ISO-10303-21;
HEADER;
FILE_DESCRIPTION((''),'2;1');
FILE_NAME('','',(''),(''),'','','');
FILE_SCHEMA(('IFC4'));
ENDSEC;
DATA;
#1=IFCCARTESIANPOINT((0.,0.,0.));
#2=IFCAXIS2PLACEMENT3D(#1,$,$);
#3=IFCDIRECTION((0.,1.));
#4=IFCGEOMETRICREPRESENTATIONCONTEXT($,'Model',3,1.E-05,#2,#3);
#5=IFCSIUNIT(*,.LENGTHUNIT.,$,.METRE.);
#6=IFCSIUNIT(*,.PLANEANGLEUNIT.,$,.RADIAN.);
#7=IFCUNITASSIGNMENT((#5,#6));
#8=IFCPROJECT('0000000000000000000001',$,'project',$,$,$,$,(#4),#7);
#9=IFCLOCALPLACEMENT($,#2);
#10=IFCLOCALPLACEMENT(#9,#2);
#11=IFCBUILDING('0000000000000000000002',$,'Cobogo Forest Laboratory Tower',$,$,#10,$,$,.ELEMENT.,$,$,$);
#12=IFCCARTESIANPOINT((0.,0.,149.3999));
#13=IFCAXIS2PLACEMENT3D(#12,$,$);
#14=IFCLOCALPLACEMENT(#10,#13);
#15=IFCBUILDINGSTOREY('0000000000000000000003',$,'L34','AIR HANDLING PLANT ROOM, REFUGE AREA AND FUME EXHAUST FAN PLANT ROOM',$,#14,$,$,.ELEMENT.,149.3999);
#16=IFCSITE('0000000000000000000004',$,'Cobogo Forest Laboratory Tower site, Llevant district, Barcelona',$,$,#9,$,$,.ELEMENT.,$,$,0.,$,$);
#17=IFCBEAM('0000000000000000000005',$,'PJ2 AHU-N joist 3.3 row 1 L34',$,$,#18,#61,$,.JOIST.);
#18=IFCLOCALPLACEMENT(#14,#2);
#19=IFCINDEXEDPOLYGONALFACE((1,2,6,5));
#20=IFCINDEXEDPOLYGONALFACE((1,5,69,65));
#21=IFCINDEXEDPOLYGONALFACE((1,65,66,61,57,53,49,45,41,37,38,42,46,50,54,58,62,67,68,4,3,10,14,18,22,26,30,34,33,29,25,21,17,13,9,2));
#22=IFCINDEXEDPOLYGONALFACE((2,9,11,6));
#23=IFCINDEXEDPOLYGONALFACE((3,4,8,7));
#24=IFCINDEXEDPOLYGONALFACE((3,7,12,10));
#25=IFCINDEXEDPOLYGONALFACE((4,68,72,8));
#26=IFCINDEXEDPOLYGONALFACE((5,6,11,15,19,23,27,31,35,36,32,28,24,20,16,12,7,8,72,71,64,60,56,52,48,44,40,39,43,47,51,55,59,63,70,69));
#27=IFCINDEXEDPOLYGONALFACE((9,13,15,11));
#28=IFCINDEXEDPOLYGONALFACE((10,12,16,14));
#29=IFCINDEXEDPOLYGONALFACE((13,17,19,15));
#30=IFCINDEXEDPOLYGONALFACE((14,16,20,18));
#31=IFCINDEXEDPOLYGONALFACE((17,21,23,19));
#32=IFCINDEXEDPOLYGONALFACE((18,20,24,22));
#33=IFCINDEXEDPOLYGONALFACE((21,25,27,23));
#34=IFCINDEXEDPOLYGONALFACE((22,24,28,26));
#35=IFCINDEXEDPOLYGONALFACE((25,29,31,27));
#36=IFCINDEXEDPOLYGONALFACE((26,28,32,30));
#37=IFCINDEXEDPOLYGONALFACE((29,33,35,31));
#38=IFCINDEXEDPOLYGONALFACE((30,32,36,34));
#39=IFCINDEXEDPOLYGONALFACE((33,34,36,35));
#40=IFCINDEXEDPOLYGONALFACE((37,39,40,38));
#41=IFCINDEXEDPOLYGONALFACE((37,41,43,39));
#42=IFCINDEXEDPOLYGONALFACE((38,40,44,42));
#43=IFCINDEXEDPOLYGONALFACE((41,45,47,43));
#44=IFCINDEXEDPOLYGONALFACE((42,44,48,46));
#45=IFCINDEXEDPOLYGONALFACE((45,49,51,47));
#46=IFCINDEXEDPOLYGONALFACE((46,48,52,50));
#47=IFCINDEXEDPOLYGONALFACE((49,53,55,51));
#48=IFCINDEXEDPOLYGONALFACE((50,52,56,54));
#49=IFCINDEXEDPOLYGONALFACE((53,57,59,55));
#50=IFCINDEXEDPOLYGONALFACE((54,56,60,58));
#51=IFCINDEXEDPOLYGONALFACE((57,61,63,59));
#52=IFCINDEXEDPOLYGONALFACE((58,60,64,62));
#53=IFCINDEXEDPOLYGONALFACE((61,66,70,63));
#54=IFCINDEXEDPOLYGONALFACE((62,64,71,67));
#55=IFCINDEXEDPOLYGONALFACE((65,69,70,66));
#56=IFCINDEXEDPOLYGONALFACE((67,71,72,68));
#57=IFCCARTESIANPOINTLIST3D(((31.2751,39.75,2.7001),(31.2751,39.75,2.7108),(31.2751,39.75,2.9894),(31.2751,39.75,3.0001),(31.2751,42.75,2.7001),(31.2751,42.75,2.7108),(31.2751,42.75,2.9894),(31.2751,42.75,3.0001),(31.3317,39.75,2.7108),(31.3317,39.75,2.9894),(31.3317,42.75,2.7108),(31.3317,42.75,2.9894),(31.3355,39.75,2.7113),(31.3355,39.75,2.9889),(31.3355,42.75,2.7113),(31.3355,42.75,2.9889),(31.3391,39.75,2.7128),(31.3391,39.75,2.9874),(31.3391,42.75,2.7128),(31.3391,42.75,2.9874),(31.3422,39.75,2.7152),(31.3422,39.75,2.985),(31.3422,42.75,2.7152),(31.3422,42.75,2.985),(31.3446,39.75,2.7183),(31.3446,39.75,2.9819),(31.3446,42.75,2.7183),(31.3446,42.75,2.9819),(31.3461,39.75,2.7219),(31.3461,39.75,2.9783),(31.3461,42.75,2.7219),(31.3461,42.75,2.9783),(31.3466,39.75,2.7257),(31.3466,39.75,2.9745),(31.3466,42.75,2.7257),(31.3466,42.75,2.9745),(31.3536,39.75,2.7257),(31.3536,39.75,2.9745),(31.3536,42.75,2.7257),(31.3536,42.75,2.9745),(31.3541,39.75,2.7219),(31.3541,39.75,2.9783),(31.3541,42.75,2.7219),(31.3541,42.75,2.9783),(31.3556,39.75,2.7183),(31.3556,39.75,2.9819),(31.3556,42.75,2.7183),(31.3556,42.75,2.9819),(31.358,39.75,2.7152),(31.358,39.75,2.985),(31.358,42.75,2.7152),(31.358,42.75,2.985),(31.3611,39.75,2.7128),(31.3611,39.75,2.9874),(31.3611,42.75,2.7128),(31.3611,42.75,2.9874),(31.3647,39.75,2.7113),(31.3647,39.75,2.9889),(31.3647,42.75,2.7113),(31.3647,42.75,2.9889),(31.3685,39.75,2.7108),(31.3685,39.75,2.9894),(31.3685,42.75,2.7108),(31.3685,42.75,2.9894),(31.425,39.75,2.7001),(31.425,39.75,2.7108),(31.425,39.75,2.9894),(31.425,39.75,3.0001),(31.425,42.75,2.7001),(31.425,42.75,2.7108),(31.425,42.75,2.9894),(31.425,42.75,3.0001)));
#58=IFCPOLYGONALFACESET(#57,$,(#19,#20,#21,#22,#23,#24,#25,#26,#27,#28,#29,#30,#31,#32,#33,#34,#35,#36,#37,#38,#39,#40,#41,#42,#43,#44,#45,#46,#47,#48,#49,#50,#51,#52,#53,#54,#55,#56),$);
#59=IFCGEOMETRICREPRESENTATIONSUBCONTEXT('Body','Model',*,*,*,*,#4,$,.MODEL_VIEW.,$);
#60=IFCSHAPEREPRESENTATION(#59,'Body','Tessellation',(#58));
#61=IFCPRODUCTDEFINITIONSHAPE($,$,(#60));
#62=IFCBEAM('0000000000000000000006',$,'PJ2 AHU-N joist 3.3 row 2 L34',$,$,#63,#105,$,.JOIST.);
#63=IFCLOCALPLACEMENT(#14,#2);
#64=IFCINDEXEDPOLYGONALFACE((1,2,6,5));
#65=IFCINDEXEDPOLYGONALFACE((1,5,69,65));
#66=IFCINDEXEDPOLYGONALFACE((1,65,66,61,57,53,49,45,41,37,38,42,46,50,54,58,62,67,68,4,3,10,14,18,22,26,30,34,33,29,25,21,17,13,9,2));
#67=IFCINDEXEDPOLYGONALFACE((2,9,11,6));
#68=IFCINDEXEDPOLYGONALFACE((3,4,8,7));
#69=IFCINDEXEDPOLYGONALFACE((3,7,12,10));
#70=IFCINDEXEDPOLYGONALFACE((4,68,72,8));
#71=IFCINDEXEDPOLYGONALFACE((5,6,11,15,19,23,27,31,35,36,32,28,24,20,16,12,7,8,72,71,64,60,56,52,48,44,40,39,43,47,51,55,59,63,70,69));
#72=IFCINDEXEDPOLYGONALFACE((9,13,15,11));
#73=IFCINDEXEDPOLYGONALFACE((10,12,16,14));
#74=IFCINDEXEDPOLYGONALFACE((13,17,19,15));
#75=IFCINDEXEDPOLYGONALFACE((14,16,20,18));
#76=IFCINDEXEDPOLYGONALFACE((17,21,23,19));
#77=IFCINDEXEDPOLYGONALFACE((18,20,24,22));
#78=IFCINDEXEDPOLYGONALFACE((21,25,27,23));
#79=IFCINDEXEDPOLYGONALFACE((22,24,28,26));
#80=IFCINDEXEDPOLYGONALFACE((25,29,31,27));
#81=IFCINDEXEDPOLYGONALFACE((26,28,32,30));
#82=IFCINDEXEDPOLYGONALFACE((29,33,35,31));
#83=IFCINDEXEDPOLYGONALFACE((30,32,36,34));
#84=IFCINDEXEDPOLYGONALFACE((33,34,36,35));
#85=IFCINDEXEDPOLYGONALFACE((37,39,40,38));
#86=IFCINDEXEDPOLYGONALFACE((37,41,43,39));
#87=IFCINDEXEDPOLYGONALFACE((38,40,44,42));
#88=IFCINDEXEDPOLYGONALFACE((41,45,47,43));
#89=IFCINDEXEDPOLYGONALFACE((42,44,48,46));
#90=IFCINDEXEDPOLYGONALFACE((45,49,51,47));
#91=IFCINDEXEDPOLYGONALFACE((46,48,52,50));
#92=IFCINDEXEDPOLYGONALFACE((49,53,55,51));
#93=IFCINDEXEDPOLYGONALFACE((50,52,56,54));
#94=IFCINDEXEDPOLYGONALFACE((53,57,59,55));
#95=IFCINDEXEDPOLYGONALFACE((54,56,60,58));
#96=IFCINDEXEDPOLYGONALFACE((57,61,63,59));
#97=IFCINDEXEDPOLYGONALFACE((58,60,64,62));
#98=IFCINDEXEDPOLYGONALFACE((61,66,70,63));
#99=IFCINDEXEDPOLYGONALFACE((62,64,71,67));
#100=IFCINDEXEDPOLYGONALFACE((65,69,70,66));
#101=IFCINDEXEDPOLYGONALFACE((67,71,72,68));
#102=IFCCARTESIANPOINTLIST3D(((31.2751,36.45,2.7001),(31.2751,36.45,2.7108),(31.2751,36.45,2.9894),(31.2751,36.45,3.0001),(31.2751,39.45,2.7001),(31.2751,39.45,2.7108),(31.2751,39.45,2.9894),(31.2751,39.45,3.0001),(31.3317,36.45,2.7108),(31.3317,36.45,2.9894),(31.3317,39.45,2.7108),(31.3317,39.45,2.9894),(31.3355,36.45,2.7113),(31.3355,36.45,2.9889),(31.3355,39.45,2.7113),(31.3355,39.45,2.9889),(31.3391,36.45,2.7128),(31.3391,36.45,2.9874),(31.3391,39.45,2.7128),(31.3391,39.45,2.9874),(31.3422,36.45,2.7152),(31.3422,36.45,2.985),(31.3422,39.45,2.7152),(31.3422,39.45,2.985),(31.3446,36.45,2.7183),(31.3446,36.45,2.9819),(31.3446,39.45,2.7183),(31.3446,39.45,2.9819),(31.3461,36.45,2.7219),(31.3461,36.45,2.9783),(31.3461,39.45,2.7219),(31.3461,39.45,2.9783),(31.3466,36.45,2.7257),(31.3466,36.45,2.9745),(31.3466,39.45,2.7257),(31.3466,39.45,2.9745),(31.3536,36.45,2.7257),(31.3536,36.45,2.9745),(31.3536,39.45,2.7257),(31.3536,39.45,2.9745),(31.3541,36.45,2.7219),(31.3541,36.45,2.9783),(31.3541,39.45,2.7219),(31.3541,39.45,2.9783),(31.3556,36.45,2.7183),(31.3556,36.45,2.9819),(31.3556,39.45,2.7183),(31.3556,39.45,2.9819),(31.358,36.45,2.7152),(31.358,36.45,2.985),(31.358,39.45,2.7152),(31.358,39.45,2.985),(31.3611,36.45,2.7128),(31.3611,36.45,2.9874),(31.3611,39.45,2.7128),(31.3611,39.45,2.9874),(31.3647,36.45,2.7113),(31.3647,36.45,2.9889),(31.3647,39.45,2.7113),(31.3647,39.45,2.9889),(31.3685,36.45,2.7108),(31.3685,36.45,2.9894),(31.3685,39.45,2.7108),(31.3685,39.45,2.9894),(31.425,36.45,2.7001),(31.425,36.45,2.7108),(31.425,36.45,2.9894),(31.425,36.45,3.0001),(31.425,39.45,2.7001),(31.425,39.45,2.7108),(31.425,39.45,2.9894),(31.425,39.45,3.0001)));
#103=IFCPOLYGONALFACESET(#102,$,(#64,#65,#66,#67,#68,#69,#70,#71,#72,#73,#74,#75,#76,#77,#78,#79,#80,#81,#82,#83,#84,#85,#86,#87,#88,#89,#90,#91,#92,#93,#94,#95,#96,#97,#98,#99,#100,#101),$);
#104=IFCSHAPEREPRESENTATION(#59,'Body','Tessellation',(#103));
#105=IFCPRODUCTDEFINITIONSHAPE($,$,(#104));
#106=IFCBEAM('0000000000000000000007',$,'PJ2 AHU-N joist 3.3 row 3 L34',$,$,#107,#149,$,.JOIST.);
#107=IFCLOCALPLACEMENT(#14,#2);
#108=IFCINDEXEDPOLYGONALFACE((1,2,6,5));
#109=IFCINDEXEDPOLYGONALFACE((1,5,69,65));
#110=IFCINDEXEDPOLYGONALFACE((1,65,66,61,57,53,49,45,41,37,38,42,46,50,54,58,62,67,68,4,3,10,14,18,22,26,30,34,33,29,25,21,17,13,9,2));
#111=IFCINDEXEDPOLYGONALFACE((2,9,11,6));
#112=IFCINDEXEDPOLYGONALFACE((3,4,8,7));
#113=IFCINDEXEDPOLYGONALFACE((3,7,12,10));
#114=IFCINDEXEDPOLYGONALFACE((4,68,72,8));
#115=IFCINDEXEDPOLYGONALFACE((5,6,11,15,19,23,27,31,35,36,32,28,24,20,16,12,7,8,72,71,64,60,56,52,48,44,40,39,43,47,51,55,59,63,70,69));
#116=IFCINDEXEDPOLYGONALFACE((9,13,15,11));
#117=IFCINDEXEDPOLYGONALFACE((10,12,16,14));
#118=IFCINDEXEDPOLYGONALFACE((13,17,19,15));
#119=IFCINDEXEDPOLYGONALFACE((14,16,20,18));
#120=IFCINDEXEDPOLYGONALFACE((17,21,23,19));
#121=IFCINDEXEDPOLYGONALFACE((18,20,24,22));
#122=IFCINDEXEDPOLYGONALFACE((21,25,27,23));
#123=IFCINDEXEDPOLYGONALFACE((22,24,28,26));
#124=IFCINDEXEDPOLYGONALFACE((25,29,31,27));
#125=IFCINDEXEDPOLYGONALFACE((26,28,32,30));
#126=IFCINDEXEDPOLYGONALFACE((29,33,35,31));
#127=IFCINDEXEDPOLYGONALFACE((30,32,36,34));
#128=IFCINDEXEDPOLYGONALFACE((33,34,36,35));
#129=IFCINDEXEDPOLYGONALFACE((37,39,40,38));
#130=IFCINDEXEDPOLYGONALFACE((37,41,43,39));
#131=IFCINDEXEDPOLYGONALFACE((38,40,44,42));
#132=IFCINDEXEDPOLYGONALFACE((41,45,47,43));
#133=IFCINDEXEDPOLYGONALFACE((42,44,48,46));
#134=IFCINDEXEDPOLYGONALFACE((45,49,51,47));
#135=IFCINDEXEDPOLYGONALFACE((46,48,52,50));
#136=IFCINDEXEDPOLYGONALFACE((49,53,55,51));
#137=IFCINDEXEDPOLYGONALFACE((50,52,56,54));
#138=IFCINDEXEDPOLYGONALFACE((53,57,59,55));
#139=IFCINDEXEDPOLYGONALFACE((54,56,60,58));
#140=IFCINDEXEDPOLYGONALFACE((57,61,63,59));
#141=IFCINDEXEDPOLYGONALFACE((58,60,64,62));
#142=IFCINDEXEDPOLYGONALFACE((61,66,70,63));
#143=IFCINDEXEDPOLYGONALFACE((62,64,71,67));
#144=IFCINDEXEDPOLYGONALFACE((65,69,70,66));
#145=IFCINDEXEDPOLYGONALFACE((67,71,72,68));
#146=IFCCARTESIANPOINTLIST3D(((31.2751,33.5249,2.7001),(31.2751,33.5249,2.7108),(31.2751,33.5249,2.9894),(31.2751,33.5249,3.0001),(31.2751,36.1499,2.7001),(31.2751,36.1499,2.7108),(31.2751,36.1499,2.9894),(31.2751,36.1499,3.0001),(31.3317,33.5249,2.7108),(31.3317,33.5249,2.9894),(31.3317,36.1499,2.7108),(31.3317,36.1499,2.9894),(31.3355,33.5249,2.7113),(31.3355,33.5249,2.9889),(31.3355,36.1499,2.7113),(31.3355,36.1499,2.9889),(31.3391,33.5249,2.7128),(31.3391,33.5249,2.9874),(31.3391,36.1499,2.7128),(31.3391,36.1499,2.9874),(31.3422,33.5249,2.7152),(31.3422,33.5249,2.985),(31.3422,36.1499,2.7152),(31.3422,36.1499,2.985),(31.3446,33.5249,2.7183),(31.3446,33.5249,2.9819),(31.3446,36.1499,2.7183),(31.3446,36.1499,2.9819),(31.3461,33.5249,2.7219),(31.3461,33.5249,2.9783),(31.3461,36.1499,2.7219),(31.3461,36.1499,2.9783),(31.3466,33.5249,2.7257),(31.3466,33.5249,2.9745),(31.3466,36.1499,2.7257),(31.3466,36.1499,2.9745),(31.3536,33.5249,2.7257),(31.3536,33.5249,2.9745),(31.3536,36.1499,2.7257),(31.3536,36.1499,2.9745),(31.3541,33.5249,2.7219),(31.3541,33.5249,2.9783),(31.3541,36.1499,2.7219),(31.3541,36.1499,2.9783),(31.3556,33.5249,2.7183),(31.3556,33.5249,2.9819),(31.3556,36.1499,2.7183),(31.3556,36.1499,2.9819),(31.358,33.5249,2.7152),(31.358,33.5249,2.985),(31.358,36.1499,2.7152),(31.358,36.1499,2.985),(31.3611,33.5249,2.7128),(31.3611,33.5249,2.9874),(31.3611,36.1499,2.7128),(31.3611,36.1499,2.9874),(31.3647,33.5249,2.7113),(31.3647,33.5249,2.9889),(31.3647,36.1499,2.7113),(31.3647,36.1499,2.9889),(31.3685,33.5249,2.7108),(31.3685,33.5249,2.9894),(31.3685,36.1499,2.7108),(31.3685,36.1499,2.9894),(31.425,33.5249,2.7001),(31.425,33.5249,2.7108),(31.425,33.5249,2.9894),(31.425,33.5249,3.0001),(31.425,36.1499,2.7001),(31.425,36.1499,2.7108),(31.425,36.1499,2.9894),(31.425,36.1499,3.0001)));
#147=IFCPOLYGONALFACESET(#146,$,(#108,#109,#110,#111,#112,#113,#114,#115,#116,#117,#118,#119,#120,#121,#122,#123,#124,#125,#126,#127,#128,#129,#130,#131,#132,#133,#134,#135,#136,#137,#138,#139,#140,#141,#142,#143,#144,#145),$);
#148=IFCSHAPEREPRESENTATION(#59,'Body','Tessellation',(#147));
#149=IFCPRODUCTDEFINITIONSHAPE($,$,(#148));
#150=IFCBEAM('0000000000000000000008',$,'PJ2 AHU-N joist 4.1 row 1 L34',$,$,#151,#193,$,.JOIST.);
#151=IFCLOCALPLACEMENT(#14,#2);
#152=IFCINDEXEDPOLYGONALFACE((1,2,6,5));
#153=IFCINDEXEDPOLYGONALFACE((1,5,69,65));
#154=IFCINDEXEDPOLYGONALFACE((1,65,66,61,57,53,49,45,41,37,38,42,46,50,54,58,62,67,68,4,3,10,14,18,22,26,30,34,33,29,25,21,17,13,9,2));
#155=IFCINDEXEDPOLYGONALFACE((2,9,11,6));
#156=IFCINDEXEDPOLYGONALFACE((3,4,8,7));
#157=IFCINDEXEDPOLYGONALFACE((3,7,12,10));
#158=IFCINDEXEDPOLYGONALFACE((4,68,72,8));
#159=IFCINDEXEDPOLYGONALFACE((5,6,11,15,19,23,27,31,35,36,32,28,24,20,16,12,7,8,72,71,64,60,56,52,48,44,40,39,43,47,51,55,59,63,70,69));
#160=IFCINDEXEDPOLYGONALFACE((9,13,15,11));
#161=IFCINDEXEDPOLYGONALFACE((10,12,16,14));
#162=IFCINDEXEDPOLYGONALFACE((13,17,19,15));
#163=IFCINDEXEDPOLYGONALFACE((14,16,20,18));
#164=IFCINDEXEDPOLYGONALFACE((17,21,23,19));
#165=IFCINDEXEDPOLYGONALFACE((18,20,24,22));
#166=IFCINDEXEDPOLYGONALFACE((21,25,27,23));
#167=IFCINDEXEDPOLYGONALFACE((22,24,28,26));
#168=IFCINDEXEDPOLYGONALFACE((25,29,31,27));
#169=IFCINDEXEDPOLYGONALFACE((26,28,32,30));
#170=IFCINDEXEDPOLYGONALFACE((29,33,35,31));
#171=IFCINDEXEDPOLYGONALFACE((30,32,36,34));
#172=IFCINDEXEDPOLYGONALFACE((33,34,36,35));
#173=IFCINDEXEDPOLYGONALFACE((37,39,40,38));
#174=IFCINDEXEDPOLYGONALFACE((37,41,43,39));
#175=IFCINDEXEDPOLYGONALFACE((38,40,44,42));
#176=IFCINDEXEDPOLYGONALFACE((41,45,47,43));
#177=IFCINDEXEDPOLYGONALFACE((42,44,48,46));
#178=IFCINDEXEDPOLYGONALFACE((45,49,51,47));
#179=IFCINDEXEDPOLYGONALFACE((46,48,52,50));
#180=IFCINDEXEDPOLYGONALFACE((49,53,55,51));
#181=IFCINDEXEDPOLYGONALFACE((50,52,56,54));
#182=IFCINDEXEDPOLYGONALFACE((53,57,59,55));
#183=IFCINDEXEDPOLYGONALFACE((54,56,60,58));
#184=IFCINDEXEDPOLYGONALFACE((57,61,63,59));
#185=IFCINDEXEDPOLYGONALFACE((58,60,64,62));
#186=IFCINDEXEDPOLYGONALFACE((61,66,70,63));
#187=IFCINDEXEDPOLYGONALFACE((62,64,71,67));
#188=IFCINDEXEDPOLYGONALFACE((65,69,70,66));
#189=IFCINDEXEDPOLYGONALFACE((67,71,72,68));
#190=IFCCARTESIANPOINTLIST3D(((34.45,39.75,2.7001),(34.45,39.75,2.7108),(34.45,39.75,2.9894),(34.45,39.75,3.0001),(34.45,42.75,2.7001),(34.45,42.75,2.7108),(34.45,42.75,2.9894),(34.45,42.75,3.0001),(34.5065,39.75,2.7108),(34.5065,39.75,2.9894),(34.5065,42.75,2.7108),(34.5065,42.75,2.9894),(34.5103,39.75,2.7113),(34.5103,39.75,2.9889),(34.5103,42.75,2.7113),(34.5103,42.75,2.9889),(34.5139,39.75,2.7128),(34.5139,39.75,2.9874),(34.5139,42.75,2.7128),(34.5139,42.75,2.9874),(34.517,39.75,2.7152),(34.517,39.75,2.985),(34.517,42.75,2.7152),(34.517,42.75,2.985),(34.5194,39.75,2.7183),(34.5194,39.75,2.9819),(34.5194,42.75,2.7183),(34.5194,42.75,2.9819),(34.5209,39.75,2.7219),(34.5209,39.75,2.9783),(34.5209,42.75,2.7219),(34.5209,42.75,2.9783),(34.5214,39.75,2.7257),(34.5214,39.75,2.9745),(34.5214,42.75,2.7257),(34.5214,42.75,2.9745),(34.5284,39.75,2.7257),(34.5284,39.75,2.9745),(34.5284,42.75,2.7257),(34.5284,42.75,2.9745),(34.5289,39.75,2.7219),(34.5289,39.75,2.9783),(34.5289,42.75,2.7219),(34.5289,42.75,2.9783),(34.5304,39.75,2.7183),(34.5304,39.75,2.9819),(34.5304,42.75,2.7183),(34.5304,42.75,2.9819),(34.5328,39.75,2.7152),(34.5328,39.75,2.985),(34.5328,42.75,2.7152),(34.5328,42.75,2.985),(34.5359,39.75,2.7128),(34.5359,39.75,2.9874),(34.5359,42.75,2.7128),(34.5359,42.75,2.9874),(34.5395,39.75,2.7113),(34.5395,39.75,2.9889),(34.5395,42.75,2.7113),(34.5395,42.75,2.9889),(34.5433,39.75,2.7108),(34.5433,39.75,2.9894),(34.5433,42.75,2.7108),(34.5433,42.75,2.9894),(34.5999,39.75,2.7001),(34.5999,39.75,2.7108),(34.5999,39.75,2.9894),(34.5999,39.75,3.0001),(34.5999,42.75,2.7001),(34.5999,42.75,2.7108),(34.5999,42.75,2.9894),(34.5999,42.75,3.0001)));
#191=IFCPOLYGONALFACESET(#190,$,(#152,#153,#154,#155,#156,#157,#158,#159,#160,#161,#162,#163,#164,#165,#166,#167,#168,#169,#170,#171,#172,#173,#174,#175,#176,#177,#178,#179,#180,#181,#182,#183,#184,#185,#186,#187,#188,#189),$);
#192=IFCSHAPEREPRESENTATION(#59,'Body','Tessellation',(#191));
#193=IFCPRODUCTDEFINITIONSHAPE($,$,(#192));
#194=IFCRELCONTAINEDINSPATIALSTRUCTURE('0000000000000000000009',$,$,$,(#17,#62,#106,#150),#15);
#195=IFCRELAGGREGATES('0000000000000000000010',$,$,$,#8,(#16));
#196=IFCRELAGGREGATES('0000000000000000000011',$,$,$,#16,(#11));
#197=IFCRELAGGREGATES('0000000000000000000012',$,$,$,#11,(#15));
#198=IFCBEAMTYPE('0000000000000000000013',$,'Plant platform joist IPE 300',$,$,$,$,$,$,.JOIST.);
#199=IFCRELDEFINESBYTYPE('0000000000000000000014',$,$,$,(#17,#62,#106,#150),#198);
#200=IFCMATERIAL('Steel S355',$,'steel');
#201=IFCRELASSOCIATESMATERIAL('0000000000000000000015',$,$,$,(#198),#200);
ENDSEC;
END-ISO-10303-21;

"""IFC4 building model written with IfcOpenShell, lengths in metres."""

from ifc_helpers import new_model, si_unit, direction, frame, origin, origin_2d, place, context, subcontext, project, spatial, i_section, extrude, material, material_profile, profile_set, type_object, element, save


model = new_model("IFC4")

# Units and contexts
model_context = context("Model", 3, precision=1e-05, world=origin(), true_north=direction((0.0, 1.0)))
body_context = subcontext(model_context, "Body", "Model", "MODEL_VIEW")
ifc_project = project(units=[si_unit("LENGTHUNIT", "METRE"), si_unit("PLANEANGLEUNIT", "RADIAN")], contexts=[model_context])

# Site, building, storey
site_placement = place(None, origin())
site = spatial("IfcSite", under=ifc_project, at=site_placement, Name="Cobogo Forest Laboratory Tower site, Llevant district, Barcelona", CompositionType="ELEMENT", RefElevation=0.0)
building_placement = place(site_placement, origin())
building = spatial("IfcBuilding", under=site, at=building_placement, Name="Cobogo Forest Laboratory Tower", CompositionType="ELEMENT")
storey_placement = place(building_placement, frame((0.0, 0.0, 149.3999)))
storey = spatial("IfcBuildingStorey", under=building, at=storey_placement, Name="L34", Description="AIR HANDLING PLANT ROOM, REFUGE AREA AND FUME EXHAUST FAN PLANT ROOM", CompositionType="ELEMENT", Elevation=149.3999)

# Beams
ifc_material = material(Name="Steel S355", Category="steel")
ifc_material_profile_1 = material_profile(ifc_material, i_section(OverallWidth=0.1499, OverallDepth=0.3, WebThickness=0.0071, FlangeThickness=0.0107, FilletRadius=0.0149, at=origin_2d()), Name="IPE 300")
ifc_profile_set_1 = profile_set([ifc_material_profile_1], Name="Steel S355")
beam_type_1 = type_object("IfcBeamType", Name="Plant platform joist IPE 300", PredefinedType="JOIST", material=ifc_profile_set_1)
for number, where, z_axis, x_axis, name in (
    (1, (31.3501, 42.75, 2.8501), (0.0, -1.0, 0.0), (1.0, 0.0, 0.0), "PJ2 AHU-N joist 3.3 row 1 L34"),
    (2, (31.3501, 39.45, 2.8501), (0.0, -1.0, 0.0), (1.0, 0.0, 0.0), "PJ2 AHU-N joist 3.3 row 2 L34"),
):
    element("IfcBeam", number, at=place(storey_placement, frame(where, z_axis=z_axis, x_axis=x_axis)), inside=storey, type_object=beam_type_1, Name=name, PredefinedType="JOIST", context=body_context, shape_type="SweptSolid", body=[
        extrude(i_section(OverallWidth=0.1499, OverallDepth=0.3, WebThickness=0.0071, FlangeThickness=0.0107, FilletRadius=0.0149, at=origin_2d()), origin(), (0.0, 0.0, 1.0), 3.0),
    ])
beam_1_placement = place(storey_placement, frame((31.3501, 36.1499, 2.8501), z_axis=(0.0, -1.0, 0.0), x_axis=(1.0, 0.0, 0.0)))
element("IfcBeam", 3, at=beam_1_placement, inside=storey, type_object=beam_type_1, Name="PJ2 AHU-N joist 3.3 row 3 L34", PredefinedType="JOIST", context=body_context, shape_type="SweptSolid", body=[
    extrude(i_section(OverallWidth=0.1499, OverallDepth=0.3, WebThickness=0.0071, FlangeThickness=0.0107, FilletRadius=0.0149, at=origin_2d()), origin(), (0.0, 0.0, 1.0), 2.625),
])
for number, where, z_axis, x_axis, name in (
    (4, (34.5249, 42.75, 2.8501), (0.0, -1.0, 0.0), (1.0, 0.0, 0.0), "PJ2 AHU-N joist 4.1 row 1 L34"),
):
    element("IfcBeam", number, at=place(storey_placement, frame(where, z_axis=z_axis, x_axis=x_axis)), inside=storey, type_object=beam_type_1, Name=name, PredefinedType="JOIST", context=body_context, shape_type="SweptSolid", body=[
        extrude(i_section(OverallWidth=0.1499, OverallDepth=0.3, WebThickness=0.0071, FlangeThickness=0.0107, FilletRadius=0.0149, at=origin_2d()), origin(), (0.0, 0.0, 1.0), 3.0),
    ])

save(model, "model.ifc")
